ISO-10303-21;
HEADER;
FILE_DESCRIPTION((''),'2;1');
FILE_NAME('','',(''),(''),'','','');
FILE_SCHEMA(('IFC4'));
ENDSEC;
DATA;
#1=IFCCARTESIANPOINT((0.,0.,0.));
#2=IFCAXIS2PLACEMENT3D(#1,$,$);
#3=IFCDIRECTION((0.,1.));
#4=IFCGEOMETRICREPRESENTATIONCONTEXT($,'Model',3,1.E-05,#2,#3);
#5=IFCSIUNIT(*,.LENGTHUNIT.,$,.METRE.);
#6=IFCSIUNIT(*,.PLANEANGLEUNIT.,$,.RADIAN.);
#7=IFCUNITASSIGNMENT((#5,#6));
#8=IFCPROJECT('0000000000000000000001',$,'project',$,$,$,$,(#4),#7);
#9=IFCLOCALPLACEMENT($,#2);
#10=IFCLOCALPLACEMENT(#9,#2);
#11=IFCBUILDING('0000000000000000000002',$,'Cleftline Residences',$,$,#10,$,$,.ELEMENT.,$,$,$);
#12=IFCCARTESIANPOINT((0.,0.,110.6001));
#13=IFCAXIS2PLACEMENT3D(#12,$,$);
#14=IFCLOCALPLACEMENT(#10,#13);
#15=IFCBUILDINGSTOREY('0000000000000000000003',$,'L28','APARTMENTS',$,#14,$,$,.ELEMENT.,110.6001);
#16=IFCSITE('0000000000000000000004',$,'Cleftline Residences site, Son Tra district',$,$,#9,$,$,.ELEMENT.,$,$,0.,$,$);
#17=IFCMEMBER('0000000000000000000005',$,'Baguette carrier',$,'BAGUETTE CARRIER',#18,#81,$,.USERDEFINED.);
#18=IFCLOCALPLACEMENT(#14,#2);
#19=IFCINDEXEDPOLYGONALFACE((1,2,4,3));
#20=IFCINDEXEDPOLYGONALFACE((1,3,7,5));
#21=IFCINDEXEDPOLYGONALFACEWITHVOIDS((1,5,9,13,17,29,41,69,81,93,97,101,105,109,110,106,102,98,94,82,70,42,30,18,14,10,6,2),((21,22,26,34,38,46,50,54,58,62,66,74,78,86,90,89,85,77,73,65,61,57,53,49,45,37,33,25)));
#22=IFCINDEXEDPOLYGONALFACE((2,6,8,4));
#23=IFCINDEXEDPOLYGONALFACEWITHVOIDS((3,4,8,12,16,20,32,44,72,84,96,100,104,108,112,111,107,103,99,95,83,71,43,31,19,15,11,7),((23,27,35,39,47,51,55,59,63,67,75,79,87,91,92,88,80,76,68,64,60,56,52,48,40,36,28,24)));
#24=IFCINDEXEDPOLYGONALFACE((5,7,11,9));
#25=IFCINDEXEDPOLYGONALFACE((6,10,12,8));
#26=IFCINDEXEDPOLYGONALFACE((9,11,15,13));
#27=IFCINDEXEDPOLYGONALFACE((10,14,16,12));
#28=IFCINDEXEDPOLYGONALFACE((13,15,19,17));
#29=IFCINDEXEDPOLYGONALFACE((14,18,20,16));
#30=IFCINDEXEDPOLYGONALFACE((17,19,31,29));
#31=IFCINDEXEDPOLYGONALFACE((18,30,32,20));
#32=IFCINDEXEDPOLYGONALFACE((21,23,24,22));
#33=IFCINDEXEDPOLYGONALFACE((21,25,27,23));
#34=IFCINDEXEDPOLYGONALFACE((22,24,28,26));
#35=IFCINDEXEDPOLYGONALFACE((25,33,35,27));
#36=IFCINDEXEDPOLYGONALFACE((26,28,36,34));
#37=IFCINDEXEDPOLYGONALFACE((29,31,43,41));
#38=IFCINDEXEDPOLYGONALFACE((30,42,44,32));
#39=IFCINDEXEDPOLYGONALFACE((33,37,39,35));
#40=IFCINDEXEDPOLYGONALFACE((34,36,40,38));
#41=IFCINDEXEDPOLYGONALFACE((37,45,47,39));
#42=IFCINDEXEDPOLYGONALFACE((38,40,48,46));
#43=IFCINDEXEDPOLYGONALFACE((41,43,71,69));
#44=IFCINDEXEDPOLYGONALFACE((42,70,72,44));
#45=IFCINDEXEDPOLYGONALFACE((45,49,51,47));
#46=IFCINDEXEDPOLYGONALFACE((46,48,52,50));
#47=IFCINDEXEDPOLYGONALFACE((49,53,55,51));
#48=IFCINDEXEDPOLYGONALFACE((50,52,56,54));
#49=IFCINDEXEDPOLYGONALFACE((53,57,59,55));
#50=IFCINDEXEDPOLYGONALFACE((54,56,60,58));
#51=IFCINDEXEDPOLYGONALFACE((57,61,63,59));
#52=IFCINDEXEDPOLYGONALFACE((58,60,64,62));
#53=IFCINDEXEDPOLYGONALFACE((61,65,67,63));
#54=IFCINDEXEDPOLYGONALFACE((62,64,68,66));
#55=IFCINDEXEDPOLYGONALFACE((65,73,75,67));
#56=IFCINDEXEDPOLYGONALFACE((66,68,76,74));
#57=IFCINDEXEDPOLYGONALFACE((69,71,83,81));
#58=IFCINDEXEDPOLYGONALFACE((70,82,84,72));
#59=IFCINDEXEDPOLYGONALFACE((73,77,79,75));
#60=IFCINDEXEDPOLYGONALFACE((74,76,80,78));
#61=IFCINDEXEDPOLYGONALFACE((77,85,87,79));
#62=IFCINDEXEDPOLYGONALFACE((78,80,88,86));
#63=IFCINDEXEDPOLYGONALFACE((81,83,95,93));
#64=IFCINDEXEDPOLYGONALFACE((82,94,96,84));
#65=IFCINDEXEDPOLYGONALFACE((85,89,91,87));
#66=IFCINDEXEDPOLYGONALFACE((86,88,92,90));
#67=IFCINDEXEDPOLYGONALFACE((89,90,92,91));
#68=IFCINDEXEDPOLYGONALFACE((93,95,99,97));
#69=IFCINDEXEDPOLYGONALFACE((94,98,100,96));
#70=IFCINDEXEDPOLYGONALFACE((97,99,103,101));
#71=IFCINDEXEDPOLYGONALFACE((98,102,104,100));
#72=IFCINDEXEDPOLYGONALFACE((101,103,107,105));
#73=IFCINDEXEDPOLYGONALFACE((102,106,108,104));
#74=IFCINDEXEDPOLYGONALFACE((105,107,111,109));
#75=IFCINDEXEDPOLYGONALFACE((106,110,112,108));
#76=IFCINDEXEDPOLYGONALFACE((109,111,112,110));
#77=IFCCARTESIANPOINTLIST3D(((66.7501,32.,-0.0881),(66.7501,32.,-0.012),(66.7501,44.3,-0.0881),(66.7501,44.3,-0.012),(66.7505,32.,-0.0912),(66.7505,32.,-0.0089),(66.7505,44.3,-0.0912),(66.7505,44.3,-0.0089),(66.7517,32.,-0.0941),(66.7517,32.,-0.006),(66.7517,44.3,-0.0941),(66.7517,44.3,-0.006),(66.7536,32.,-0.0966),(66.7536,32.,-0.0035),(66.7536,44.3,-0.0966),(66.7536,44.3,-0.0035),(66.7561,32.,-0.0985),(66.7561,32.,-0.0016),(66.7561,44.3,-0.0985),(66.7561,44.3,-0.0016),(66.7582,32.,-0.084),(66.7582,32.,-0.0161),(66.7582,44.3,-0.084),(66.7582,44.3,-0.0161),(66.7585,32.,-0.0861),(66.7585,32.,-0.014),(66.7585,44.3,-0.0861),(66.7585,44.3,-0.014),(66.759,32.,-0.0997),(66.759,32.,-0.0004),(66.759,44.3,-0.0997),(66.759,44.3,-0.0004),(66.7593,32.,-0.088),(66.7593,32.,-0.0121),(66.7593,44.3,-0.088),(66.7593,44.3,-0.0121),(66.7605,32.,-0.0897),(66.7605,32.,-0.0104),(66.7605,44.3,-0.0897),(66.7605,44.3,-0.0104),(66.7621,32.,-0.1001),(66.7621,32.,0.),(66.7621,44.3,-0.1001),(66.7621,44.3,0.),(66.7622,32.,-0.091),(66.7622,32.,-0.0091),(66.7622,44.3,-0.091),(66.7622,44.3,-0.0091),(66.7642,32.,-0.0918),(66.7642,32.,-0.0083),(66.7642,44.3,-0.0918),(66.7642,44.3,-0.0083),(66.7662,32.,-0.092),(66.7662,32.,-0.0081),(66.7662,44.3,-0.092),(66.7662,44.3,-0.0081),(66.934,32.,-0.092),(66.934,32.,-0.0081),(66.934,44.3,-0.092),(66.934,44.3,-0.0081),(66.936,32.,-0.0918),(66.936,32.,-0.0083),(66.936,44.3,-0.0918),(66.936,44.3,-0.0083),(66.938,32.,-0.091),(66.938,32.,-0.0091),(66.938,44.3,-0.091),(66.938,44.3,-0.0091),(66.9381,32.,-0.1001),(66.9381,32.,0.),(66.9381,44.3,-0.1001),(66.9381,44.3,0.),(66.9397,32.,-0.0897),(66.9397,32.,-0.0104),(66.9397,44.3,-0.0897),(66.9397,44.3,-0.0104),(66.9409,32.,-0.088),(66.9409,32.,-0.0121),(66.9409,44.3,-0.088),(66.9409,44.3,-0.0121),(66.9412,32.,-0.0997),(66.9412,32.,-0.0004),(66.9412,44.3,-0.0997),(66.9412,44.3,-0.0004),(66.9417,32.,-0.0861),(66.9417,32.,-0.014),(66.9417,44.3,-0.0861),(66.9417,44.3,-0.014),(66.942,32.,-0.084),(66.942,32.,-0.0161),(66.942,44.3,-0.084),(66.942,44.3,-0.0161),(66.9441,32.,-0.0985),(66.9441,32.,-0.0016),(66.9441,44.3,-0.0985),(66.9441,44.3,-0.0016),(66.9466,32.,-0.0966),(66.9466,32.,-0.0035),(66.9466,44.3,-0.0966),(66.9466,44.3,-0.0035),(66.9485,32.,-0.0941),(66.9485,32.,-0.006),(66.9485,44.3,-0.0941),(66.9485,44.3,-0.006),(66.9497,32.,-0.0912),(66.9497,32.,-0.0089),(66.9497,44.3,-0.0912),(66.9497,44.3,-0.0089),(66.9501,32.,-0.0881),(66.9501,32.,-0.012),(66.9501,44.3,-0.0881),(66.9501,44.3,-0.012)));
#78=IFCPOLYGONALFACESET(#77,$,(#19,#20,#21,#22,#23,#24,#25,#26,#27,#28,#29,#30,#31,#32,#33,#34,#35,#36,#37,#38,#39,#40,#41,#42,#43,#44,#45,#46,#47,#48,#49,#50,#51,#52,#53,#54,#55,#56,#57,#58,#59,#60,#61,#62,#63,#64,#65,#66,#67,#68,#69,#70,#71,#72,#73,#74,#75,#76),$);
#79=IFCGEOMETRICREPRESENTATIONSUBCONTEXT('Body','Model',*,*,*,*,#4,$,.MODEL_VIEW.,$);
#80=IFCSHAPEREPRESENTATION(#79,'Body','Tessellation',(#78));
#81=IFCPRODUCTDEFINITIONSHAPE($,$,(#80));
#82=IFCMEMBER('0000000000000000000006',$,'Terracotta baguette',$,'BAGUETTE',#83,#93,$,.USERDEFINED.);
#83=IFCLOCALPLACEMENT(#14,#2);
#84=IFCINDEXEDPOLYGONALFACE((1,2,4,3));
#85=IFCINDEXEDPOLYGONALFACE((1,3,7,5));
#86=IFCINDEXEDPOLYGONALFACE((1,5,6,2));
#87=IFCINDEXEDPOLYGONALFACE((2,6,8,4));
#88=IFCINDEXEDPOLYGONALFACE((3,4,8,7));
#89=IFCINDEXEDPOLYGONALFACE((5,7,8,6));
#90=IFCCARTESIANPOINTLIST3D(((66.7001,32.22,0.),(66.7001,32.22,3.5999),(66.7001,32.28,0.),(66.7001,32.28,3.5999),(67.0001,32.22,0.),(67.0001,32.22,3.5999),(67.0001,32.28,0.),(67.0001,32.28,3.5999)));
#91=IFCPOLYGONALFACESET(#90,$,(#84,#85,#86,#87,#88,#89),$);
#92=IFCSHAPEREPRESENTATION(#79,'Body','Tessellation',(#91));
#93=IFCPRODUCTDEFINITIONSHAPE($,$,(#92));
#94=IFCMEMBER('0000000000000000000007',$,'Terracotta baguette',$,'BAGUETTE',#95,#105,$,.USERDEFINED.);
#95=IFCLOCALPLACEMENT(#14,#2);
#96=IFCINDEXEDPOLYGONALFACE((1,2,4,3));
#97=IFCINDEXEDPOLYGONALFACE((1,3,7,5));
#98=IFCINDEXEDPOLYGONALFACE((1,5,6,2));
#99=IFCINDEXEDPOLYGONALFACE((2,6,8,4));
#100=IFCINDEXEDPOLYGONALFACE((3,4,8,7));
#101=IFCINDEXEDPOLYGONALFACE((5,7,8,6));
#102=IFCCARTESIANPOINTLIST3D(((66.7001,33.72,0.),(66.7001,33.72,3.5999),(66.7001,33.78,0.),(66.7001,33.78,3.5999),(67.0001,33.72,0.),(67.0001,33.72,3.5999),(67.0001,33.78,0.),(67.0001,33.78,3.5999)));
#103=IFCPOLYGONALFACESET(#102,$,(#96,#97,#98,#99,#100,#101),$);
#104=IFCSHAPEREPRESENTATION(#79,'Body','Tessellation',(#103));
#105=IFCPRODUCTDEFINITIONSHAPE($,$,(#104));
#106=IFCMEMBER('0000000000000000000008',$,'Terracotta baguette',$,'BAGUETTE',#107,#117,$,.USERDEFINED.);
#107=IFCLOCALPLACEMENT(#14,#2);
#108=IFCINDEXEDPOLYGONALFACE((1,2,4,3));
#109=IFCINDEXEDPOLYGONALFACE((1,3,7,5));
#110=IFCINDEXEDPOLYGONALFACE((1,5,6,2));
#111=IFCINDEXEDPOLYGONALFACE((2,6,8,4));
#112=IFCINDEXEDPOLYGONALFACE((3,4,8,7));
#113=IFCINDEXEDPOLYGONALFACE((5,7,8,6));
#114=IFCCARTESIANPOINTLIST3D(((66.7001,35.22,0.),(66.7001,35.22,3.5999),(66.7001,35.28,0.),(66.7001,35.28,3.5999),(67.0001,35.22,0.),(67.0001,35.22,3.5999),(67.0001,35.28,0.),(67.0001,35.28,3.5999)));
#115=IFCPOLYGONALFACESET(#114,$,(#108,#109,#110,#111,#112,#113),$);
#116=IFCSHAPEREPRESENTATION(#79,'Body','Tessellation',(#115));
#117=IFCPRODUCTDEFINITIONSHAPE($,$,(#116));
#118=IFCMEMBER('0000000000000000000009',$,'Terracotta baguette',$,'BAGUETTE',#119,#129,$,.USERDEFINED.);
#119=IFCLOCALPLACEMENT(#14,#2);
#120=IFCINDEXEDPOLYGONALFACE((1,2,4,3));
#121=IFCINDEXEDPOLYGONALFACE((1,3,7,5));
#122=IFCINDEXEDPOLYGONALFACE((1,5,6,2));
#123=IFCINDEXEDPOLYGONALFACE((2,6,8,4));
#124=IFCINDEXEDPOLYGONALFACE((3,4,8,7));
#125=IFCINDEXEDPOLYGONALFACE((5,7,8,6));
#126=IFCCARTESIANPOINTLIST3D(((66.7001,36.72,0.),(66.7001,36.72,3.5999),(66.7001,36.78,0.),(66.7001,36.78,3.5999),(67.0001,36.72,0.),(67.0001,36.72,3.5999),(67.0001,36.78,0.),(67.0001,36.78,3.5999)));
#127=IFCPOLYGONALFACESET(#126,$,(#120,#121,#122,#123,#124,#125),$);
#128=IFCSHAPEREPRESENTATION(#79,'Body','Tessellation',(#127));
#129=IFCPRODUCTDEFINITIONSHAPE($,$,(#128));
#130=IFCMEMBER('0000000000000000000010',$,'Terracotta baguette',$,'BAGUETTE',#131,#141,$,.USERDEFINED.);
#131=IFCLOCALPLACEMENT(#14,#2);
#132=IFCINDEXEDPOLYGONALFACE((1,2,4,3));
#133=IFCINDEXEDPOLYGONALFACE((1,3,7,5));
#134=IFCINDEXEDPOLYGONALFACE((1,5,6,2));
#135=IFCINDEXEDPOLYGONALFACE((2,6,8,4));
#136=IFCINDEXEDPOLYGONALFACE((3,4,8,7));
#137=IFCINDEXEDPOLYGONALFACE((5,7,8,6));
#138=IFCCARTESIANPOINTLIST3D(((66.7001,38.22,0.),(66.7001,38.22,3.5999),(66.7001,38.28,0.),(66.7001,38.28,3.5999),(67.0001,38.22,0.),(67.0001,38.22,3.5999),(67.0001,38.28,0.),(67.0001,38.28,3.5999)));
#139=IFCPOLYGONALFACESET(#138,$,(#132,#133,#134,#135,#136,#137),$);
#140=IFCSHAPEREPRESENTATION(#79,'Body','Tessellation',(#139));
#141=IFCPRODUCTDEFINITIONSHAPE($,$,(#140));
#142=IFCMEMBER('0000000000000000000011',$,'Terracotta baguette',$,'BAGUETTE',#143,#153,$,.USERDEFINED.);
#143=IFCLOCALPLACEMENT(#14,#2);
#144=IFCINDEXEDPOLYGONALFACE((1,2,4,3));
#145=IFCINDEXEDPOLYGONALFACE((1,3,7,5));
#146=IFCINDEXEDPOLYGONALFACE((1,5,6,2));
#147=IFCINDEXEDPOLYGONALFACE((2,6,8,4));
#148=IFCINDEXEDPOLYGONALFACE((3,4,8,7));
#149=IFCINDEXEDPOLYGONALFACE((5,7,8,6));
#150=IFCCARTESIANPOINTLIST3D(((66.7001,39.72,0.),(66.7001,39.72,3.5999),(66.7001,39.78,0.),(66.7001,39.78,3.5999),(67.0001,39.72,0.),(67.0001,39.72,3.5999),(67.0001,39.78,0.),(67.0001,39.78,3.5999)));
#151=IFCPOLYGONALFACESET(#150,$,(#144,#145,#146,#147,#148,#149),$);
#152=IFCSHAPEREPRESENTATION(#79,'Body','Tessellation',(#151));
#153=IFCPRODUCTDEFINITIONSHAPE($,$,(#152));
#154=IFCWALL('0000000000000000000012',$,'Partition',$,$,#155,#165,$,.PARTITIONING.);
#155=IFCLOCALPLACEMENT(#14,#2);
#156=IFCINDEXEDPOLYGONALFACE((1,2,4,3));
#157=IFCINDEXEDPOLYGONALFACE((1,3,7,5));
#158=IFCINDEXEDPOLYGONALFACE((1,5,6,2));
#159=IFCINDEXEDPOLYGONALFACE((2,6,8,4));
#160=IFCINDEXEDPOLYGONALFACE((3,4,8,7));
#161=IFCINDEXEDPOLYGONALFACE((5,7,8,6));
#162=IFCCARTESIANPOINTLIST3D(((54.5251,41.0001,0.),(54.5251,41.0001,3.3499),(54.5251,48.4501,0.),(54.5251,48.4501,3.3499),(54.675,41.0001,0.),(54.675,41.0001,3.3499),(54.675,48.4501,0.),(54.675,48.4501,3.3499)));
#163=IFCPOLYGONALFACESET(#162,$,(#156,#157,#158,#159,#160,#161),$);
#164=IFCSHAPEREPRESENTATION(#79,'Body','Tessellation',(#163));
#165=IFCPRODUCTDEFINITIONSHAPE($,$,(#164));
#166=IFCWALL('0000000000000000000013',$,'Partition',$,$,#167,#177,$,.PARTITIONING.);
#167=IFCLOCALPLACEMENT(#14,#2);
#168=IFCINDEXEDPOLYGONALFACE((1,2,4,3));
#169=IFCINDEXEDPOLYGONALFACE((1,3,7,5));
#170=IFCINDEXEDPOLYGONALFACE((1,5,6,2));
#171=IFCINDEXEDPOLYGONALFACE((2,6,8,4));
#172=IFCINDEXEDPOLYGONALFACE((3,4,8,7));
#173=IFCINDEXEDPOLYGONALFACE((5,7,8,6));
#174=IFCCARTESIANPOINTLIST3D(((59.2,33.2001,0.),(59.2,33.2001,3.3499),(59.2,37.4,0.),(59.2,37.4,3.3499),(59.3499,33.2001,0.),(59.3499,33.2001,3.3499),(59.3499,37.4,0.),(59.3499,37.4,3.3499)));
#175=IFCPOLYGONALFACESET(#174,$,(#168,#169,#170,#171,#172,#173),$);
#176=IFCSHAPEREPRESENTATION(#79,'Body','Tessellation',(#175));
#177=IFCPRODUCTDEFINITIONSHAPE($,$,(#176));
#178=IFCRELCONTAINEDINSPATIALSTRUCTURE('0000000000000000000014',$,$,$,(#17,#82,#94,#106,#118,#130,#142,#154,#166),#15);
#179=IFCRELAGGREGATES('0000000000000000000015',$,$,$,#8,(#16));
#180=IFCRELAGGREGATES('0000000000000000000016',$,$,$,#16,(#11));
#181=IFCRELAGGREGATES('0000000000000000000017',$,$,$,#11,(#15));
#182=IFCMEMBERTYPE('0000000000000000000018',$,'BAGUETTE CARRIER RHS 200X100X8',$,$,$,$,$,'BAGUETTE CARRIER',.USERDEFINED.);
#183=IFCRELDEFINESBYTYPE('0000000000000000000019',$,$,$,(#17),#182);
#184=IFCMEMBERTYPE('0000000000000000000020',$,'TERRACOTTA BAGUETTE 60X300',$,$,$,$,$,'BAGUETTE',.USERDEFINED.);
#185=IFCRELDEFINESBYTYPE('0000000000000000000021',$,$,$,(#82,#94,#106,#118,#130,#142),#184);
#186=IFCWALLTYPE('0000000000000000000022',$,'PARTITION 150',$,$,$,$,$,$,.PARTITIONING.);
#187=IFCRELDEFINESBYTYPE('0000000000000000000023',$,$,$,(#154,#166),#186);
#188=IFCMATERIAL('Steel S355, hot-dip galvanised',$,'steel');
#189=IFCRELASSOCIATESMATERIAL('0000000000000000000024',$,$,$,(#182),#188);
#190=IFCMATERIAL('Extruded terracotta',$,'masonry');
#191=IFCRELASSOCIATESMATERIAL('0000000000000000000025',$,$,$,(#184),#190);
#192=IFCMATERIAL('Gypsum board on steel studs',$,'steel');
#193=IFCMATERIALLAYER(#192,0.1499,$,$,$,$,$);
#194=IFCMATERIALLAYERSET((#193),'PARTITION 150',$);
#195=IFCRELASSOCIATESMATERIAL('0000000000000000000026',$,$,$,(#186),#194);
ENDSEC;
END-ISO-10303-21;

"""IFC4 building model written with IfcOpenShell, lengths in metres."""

from ifc_helpers import new_model, si_unit, direction, frame, frame_2d, origin, origin_2d, place, context, subcontext, project, spatial, rectangle, hollow_rectangle, extrude, material, layer, layer_set, material_profile, profile_set, type_object, element, save


model = new_model("IFC4")

# Units and contexts
model_context = context("Model", 3, precision=1e-05, world=origin(), true_north=direction((0.0, 1.0)))
body_context = subcontext(model_context, "Body", "Model", "MODEL_VIEW")
ifc_project = project(units=[si_unit("LENGTHUNIT", "METRE"), si_unit("PLANEANGLEUNIT", "RADIAN")], contexts=[model_context])

# Site, building, storey
site_placement = place(None, origin())
site = spatial("IfcSite", under=ifc_project, at=site_placement, Name="Cleftline Residences site, Son Tra district", CompositionType="ELEMENT", RefElevation=0.0)
building_placement = place(site_placement, origin())
building = spatial("IfcBuilding", under=site, at=building_placement, Name="Cleftline Residences", CompositionType="ELEMENT")
storey_placement = place(building_placement, frame((0.0, 0.0, 110.6001)))
storey = spatial("IfcBuildingStorey", under=building, at=storey_placement, Name="L28", Description="APARTMENTS", CompositionType="ELEMENT", Elevation=110.6001)

# Members
ifc_material_1 = material(Name="Steel S355, hot-dip galvanised", Category="steel")
ifc_material_profile_1 = material_profile(ifc_material_1, hollow_rectangle(XDim=0.1001, YDim=0.2, WallThickness=0.0081, InnerFilletRadius=0.0081, OuterFilletRadius=0.012, at=origin_2d()))
ifc_profile_set_1 = profile_set([ifc_material_profile_1], Name="Steel S355, hot-dip galvanised")
member_type_1 = type_object("IfcMemberType", Name="BAGUETTE CARRIER RHS 200X100X8", ElementType="BAGUETTE CARRIER", PredefinedType="USERDEFINED", material=ifc_profile_set_1)
member_placement = place(storey_placement, frame((66.8501, 32.0, -0.05), z_axis=(0.0, 1.0, 0.0), x_axis=(0.0, 0.0, 1.0)))
element("IfcMember", 1, at=member_placement, inside=storey, type_object=member_type_1, Name="Baguette carrier", ObjectType="BAGUETTE CARRIER", PredefinedType="USERDEFINED", context=body_context, shape_type="SweptSolid", body=[
    extrude(hollow_rectangle(XDim=0.1001, YDim=0.2, WallThickness=0.0081, InnerFilletRadius=0.0081, OuterFilletRadius=0.012, at=origin_2d()), origin(), (0.0, 0.0, 1.0), 12.3),
])
ifc_material_2 = material(Name="Extruded terracotta", Category="masonry")
ifc_material_profile_2 = material_profile(ifc_material_2, rectangle(XDim=0.0601, YDim=0.3, at=origin_2d()))
ifc_profile_set_2 = profile_set([ifc_material_profile_2], Name="Extruded terracotta")
member_type_2 = type_object("IfcMemberType", Name="TERRACOTTA BAGUETTE 60X300", ElementType="BAGUETTE", PredefinedType="USERDEFINED", material=ifc_profile_set_2)
for number, where, z_axis, x_axis, name in (
    (2, (66.8501, 32.25, 0.0), (0.0, 0.0, 1.0), (0.0, 1.0, 0.0), "Terracotta baguette"),
    (3, (66.8501, 33.75, 0.0), (0.0, 0.0, 1.0), (0.0, 1.0, 0.0), "Terracotta baguette"),
    (4, (66.8501, 35.25, 0.0), (0.0, 0.0, 1.0), (0.0, 1.0, 0.0), "Terracotta baguette"),
    (5, (66.8501, 36.75, 0.0), (0.0, 0.0, 1.0), (0.0, 1.0, 0.0), "Terracotta baguette"),
    (6, (66.8501, 38.25, 0.0), (0.0, 0.0, 1.0), (0.0, 1.0, 0.0), "Terracotta baguette"),
    (7, (66.8501, 39.75, 0.0), (0.0, 0.0, 1.0), (0.0, 1.0, 0.0), "Terracotta baguette"),
):
    element("IfcMember", number, at=place(storey_placement, frame(where, z_axis=z_axis, x_axis=x_axis)), inside=storey, type_object=member_type_2, Name=name, ObjectType="BAGUETTE", PredefinedType="USERDEFINED", context=body_context, shape_type="SweptSolid", body=[
        extrude(rectangle(XDim=0.0601, YDim=0.3, at=origin_2d()), origin(), (0.0, 0.0, 1.0), 3.5999),
    ])

# Walls
ifc_material_3 = material(Name="Gypsum board on steel studs", Category="steel")
ifc_layer = layer(ifc_material_3, 0.1499)
ifc_layer_set = layer_set([ifc_layer], Name="PARTITION 150")
wall_type = type_object("IfcWallType", Name="PARTITION 150", PredefinedType="PARTITIONING", material=ifc_layer_set)
wall_1_placement = place(storey_placement, frame((54.6001, 41.0, 0.0), z_axis=(0.0, 0.0, 1.0), x_axis=(0.0, 1.0, 0.0)))
element("IfcWall", 8, at=wall_1_placement, inside=storey, type_object=wall_type, Name="Partition", PredefinedType="PARTITIONING", context=body_context, shape_type="SweptSolid", body=[
    extrude(rectangle(XDim=7.45, YDim=0.1499, at=frame_2d((3.7251, 0.0))), origin(), (0.0, 0.0, 1.0), 3.3499),
])
wall_2_placement = place(storey_placement, frame((59.2749, 33.2, 0.0), z_axis=(0.0, 0.0, 1.0), x_axis=(0.0, 1.0, 0.0)))
element("IfcWall", 9, at=wall_2_placement, inside=storey, type_object=wall_type, Name="Partition", PredefinedType="PARTITIONING", context=body_context, shape_type="SweptSolid", body=[
    extrude(rectangle(XDim=4.2, YDim=0.1499, at=frame_2d((2.1001, 0.0))), origin(), (0.0, 0.0, 1.0), 3.3499),
])

save(model, "model.ifc")
